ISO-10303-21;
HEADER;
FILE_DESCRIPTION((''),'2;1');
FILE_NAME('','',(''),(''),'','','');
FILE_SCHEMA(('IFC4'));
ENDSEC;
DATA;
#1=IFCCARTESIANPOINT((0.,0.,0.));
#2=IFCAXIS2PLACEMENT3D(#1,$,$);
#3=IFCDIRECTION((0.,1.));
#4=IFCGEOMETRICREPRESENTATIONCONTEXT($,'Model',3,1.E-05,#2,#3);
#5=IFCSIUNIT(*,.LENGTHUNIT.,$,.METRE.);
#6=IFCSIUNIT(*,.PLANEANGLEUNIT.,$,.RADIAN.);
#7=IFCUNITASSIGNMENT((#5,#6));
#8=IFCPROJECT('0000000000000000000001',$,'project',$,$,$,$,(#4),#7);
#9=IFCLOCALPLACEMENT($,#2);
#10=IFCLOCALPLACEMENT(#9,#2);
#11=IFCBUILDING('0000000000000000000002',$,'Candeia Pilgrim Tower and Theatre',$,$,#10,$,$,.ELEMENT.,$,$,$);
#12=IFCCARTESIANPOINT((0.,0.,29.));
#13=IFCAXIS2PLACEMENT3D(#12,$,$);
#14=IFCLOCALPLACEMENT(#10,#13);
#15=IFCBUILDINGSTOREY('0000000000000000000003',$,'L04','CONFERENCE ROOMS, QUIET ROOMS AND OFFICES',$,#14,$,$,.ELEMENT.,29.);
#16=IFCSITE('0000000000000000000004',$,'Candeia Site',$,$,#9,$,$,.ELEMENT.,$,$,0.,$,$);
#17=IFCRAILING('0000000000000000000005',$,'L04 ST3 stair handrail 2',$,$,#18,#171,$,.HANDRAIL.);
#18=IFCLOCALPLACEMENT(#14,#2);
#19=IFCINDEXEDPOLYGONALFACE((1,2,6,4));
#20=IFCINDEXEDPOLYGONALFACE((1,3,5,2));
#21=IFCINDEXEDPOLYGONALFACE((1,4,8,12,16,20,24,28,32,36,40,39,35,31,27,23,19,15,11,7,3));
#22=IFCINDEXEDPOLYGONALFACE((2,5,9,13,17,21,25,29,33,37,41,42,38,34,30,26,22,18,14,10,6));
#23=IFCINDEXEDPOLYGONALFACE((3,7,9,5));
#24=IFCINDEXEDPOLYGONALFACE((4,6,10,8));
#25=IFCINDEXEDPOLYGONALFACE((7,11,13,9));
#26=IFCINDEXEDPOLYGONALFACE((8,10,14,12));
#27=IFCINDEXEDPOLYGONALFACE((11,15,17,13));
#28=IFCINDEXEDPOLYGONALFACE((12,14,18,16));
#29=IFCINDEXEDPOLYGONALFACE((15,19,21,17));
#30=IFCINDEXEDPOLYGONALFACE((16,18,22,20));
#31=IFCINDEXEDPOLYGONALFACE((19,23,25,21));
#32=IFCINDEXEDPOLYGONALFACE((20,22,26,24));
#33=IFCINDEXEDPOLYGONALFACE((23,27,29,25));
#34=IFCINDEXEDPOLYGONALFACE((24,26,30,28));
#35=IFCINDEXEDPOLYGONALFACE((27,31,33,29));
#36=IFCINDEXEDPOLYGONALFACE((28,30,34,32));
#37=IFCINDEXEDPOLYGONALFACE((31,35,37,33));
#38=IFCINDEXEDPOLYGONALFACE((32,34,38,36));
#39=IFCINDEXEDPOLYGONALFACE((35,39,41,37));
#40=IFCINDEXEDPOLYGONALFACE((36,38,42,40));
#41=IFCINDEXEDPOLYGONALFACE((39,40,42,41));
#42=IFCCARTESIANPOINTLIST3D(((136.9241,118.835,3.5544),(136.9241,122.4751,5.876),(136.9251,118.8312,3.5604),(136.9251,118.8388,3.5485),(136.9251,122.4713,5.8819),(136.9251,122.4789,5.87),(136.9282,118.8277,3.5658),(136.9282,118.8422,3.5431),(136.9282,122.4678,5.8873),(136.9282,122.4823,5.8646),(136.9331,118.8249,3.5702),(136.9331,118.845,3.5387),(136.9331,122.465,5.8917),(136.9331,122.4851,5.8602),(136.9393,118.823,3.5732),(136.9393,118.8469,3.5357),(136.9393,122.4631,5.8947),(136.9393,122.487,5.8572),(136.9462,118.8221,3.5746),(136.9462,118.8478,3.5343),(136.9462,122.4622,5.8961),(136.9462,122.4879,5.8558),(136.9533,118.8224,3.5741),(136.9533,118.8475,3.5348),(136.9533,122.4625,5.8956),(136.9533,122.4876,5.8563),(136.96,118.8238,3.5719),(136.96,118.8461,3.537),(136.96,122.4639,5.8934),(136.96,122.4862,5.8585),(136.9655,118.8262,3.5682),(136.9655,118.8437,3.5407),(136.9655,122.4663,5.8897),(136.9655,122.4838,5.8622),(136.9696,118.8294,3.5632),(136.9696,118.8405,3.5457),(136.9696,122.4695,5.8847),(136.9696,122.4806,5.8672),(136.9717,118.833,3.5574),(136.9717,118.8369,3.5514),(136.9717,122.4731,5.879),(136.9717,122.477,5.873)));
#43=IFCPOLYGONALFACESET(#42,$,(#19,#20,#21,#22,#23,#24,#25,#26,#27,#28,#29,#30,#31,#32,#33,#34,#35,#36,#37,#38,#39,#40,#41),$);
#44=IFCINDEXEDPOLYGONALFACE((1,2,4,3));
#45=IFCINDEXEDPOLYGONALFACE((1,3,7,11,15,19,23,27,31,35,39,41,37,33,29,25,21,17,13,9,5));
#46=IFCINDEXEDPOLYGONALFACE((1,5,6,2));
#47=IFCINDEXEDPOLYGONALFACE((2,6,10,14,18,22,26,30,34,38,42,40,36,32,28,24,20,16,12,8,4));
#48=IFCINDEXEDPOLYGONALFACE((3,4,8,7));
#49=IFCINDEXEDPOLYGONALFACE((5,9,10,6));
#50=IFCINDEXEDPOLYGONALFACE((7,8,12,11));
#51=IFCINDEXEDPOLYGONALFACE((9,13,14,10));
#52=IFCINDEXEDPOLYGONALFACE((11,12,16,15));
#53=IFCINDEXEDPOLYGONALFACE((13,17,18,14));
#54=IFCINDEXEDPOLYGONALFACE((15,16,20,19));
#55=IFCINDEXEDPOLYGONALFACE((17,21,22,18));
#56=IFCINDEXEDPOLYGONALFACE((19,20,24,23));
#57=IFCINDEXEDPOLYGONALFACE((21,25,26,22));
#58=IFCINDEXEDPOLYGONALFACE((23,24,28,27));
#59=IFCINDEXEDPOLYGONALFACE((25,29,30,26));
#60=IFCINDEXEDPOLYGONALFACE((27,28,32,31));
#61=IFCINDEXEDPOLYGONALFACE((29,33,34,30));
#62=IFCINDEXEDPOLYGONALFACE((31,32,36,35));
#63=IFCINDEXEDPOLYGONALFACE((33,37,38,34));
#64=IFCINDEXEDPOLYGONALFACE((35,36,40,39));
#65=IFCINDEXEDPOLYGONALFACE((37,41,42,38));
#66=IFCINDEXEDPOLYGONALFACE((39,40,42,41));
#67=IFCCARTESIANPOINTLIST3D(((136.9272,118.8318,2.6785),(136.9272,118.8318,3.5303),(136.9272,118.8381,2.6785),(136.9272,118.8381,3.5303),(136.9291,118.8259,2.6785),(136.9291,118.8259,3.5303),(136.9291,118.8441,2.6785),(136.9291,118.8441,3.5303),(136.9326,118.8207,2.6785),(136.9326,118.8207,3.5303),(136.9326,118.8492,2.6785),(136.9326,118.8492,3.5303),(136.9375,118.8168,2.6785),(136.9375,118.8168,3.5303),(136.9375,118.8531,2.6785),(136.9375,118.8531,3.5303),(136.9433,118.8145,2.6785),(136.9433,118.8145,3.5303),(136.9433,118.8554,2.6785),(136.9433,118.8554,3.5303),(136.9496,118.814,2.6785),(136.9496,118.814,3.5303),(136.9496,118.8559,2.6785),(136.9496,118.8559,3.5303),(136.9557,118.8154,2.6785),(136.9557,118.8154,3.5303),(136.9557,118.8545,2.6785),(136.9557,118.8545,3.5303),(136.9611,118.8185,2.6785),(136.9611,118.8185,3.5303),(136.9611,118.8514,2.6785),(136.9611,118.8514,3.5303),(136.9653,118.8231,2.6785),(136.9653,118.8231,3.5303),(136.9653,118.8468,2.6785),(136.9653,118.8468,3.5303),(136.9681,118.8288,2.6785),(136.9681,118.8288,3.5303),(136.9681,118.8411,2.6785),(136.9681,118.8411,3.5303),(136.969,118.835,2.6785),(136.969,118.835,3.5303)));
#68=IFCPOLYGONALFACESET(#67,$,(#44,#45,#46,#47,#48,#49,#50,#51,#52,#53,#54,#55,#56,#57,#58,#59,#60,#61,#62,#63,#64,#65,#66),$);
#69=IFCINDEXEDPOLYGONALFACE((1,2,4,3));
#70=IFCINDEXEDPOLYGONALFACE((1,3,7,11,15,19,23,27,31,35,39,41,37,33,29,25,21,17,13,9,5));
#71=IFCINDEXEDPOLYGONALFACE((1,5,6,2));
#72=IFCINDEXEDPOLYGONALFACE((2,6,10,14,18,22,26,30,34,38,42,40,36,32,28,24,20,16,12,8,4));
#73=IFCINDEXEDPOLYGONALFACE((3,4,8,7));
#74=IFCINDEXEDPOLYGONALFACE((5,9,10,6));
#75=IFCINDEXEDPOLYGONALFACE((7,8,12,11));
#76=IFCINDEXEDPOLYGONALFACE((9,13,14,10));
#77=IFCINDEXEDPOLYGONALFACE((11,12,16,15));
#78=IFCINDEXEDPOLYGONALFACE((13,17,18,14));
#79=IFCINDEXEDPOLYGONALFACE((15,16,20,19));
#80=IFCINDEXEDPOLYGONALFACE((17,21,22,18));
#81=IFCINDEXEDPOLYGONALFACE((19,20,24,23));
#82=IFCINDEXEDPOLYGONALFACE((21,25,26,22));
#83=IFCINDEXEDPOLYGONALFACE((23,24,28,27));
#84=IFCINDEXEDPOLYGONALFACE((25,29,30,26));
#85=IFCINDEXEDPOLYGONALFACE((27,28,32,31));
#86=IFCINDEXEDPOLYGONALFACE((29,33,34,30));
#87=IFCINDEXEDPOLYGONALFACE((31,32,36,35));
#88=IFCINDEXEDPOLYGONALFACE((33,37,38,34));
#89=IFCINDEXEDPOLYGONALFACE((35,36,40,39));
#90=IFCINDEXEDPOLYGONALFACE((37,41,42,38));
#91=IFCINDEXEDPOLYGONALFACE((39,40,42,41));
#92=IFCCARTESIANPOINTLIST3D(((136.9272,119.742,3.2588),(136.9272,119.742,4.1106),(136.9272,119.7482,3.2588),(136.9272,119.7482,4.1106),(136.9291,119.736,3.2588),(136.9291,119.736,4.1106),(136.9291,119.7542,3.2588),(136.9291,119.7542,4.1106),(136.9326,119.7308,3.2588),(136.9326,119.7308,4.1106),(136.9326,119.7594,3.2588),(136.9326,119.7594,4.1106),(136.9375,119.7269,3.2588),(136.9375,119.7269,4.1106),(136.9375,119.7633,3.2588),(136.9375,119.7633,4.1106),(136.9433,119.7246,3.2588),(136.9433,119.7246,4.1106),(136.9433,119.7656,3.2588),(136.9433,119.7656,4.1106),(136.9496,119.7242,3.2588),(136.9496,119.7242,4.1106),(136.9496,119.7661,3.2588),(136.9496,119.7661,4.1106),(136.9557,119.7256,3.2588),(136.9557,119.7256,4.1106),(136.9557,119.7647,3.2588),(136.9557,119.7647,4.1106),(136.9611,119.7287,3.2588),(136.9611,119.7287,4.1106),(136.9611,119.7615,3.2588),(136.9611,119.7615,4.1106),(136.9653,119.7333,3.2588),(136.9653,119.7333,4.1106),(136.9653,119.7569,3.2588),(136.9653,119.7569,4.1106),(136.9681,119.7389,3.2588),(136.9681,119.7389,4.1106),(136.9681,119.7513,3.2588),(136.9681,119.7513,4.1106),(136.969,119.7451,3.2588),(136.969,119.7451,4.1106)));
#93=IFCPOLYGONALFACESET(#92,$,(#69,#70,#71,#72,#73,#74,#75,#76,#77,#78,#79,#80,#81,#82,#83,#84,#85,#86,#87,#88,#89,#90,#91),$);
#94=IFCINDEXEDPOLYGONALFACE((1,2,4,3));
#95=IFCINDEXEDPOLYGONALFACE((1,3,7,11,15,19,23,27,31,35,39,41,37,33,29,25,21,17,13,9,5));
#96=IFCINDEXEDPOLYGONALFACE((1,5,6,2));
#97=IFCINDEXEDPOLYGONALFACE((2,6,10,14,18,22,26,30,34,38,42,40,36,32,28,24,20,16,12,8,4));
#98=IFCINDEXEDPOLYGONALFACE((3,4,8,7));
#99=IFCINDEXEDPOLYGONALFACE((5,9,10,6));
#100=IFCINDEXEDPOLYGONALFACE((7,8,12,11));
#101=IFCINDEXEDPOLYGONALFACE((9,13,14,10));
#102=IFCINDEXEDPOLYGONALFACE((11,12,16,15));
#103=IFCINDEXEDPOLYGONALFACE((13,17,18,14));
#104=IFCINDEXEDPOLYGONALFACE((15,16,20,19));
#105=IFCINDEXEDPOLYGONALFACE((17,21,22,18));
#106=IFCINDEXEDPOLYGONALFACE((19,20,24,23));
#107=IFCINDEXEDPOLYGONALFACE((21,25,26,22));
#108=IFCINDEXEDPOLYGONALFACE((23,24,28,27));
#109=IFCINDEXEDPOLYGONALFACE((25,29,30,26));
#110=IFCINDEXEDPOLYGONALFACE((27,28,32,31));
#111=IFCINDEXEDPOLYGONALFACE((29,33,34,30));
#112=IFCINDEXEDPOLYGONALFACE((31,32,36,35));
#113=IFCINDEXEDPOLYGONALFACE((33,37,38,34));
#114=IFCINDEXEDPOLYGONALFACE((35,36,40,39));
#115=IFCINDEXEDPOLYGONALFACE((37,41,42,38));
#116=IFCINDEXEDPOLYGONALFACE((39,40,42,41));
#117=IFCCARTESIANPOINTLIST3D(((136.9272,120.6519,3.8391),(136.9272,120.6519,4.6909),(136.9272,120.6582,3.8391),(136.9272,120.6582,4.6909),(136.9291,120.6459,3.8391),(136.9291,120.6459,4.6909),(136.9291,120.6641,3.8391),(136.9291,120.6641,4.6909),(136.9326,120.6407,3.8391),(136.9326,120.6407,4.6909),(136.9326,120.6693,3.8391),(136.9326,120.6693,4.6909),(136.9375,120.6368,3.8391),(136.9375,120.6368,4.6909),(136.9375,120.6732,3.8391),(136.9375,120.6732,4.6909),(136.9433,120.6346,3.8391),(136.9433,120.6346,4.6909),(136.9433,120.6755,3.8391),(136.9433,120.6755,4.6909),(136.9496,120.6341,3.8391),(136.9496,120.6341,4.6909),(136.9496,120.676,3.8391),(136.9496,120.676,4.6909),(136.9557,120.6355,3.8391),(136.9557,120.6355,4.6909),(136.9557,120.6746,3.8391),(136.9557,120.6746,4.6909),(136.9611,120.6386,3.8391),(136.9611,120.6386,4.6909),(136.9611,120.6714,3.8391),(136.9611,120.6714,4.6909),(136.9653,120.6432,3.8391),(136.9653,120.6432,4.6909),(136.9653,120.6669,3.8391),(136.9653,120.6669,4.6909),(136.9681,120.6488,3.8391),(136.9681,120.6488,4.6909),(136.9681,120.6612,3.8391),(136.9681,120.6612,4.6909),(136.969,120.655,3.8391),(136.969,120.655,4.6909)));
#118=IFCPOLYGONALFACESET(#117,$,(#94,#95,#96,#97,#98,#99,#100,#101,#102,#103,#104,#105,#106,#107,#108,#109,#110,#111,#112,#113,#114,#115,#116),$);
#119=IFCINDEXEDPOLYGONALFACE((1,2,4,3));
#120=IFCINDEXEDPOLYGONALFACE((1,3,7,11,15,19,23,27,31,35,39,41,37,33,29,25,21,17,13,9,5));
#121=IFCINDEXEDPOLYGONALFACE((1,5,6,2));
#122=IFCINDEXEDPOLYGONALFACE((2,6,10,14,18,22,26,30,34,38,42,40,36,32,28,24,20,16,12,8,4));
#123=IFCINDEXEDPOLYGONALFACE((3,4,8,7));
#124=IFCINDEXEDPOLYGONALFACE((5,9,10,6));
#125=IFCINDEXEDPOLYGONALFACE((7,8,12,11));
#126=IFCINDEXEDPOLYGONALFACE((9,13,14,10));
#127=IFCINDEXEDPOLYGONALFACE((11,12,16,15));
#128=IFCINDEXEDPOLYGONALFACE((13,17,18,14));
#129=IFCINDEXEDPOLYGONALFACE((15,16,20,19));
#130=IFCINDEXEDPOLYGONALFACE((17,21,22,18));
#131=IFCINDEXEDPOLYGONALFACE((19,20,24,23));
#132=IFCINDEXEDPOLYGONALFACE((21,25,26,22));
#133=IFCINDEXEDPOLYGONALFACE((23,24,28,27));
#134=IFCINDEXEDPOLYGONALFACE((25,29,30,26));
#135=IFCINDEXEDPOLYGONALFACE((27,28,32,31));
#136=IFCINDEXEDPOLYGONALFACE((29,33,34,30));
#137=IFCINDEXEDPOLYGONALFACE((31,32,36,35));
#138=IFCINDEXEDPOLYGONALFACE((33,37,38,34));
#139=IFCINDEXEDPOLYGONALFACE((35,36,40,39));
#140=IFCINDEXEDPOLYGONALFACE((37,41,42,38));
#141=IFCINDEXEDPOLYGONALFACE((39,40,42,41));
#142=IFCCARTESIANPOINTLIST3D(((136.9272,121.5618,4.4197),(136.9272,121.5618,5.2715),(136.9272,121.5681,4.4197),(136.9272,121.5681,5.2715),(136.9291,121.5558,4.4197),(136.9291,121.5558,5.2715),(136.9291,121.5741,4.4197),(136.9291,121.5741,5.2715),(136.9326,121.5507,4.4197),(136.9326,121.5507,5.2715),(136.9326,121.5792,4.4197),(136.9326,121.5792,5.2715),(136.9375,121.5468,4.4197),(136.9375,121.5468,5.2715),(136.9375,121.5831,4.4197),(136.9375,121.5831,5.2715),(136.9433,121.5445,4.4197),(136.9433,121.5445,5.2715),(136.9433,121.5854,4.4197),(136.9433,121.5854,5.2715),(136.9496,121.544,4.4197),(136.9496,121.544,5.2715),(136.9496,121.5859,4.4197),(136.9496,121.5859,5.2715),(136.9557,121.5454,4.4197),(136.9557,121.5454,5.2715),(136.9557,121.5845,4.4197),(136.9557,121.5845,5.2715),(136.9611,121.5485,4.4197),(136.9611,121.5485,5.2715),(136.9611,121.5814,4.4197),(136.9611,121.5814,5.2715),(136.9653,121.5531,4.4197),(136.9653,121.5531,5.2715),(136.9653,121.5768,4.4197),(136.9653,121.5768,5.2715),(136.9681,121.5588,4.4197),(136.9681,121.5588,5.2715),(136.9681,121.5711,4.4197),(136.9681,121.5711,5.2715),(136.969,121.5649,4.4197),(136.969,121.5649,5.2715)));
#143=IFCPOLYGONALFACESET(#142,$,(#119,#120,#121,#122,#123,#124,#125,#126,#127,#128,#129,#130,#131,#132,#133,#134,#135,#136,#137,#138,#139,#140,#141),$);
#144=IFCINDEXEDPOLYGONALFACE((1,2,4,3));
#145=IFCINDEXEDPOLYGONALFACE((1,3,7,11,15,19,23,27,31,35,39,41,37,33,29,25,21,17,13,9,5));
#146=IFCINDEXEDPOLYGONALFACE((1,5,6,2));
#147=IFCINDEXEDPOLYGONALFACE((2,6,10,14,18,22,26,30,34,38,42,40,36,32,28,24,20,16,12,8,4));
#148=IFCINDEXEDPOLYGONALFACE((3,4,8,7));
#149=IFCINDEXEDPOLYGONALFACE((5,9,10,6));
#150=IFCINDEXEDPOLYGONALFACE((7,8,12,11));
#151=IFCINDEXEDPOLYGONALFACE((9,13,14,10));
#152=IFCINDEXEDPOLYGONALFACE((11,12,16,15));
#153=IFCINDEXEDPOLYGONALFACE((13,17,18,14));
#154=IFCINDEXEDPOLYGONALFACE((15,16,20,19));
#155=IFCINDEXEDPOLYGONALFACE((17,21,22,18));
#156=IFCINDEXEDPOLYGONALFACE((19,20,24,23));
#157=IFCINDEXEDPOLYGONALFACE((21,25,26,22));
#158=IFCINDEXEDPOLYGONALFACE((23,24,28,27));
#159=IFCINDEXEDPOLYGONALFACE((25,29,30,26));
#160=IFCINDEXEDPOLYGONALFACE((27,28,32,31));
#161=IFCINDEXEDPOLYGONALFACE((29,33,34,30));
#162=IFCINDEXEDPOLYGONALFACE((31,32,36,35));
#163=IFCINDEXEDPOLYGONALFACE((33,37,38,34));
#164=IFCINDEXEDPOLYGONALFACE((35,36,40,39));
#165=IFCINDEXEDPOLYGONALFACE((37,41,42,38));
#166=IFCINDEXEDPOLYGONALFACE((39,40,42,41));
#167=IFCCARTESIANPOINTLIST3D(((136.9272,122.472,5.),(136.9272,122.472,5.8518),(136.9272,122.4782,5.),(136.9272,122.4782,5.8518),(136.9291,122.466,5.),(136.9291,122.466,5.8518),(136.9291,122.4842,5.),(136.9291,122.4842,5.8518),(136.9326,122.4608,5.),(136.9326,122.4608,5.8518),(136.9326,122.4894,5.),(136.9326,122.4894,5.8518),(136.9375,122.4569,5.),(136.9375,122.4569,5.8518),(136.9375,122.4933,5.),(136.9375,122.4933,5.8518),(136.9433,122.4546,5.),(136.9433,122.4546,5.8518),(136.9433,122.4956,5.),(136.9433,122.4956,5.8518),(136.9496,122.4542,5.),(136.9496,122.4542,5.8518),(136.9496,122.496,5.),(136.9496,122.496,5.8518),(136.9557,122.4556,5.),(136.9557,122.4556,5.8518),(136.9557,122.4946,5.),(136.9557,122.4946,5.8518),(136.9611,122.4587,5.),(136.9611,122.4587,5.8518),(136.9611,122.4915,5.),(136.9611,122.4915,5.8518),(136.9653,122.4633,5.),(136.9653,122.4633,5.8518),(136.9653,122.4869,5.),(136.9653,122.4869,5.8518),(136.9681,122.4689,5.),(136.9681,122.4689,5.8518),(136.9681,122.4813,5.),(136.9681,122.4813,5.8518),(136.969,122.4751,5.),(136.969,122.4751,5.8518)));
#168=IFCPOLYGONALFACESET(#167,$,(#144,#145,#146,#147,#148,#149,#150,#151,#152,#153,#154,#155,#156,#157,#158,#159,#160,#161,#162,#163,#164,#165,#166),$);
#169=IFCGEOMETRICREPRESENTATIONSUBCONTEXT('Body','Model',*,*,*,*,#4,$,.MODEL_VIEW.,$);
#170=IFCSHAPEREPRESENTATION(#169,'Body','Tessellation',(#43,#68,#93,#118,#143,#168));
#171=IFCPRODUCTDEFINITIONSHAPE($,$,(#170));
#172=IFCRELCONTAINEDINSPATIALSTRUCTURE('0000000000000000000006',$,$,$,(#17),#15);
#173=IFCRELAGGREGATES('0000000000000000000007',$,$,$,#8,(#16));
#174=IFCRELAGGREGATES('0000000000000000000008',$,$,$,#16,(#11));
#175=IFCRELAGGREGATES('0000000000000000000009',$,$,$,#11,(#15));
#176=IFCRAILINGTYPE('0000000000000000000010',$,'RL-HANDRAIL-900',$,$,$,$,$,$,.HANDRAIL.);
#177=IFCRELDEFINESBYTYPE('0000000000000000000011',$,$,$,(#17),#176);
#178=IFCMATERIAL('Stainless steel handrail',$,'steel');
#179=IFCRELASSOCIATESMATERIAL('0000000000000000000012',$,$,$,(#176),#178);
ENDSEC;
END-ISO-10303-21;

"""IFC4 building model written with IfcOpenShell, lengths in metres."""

from ifc_helpers import new_model, si_unit, direction, frame, origin, origin_2d, place, context, subcontext, project, spatial, circle, extrude, material, type_object, element, save


model = new_model("IFC4")

# Units and contexts
model_context = context("Model", 3, precision=1e-05, world=origin(), true_north=direction((0.0, 1.0)))
body_context = subcontext(model_context, "Body", "Model", "MODEL_VIEW")
ifc_project = project(units=[si_unit("LENGTHUNIT", "METRE"), si_unit("PLANEANGLEUNIT", "RADIAN")], contexts=[model_context])

# Site, building, storey
site_placement = place(None, origin())
site = spatial("IfcSite", under=ifc_project, at=site_placement, Name="Candeia Site", CompositionType="ELEMENT", RefElevation=0.0)
building_placement = place(site_placement, origin())
building = spatial("IfcBuilding", under=site, at=building_placement, Name="Candeia Pilgrim Tower and Theatre", CompositionType="ELEMENT")
storey_placement = place(building_placement, frame((0.0, 0.0, 29.0)))
storey = spatial("IfcBuildingStorey", under=building, at=storey_placement, Name="L04", Description="CONFERENCE ROOMS, QUIET ROOMS AND OFFICES", CompositionType="ELEMENT", Elevation=29.0)

# Railing
ifc_material_1 = material(Name="Stainless steel handrail", Category="steel")
railing_type = type_object("IfcRailingType", Name="RL-HANDRAIL-900", PredefinedType="HANDRAIL", material=ifc_material_1)
railing_placement = place(storey_placement, frame((136.948, 118.835, 2.6785)))
element("IfcRailing", 1, at=railing_placement, inside=storey, type_object=railing_type, Name="L04 ST3 stair handrail 2", PredefinedType="HANDRAIL", context=body_context, shape_type="SweptSolid", body=[
    extrude(circle(Radius=0.0239, at=origin_2d()), frame((0.0, 0.0, 0.876), z_axis=(0.0, 0.843128, 0.537713), x_axis=(-1.0, 0.0, 0.0)), (0.0, 0.0, 1.0), 4.3174),
    extrude(circle(Radius=0.021, at=origin_2d()), origin(), (0.0, 0.0, 1.0), 0.8518),
    extrude(circle(Radius=0.021, at=origin_2d()), frame((0.0, 0.9102, 0.5803)), (0.0, 0.0, 1.0), 0.8518),
    extrude(circle(Radius=0.021, at=origin_2d()), frame((0.0, 1.8201, 1.1606)), (0.0, 0.0, 1.0), 0.8518),
    extrude(circle(Radius=0.021, at=origin_2d()), frame((0.0, 2.73, 1.7412)), (0.0, 0.0, 1.0), 0.8518),
    extrude(circle(Radius=0.021, at=origin_2d()), frame((0.0, 3.6401, 2.3215)), (0.0, 0.0, 1.0), 0.8518),
])

save(model, "model.ifc")
